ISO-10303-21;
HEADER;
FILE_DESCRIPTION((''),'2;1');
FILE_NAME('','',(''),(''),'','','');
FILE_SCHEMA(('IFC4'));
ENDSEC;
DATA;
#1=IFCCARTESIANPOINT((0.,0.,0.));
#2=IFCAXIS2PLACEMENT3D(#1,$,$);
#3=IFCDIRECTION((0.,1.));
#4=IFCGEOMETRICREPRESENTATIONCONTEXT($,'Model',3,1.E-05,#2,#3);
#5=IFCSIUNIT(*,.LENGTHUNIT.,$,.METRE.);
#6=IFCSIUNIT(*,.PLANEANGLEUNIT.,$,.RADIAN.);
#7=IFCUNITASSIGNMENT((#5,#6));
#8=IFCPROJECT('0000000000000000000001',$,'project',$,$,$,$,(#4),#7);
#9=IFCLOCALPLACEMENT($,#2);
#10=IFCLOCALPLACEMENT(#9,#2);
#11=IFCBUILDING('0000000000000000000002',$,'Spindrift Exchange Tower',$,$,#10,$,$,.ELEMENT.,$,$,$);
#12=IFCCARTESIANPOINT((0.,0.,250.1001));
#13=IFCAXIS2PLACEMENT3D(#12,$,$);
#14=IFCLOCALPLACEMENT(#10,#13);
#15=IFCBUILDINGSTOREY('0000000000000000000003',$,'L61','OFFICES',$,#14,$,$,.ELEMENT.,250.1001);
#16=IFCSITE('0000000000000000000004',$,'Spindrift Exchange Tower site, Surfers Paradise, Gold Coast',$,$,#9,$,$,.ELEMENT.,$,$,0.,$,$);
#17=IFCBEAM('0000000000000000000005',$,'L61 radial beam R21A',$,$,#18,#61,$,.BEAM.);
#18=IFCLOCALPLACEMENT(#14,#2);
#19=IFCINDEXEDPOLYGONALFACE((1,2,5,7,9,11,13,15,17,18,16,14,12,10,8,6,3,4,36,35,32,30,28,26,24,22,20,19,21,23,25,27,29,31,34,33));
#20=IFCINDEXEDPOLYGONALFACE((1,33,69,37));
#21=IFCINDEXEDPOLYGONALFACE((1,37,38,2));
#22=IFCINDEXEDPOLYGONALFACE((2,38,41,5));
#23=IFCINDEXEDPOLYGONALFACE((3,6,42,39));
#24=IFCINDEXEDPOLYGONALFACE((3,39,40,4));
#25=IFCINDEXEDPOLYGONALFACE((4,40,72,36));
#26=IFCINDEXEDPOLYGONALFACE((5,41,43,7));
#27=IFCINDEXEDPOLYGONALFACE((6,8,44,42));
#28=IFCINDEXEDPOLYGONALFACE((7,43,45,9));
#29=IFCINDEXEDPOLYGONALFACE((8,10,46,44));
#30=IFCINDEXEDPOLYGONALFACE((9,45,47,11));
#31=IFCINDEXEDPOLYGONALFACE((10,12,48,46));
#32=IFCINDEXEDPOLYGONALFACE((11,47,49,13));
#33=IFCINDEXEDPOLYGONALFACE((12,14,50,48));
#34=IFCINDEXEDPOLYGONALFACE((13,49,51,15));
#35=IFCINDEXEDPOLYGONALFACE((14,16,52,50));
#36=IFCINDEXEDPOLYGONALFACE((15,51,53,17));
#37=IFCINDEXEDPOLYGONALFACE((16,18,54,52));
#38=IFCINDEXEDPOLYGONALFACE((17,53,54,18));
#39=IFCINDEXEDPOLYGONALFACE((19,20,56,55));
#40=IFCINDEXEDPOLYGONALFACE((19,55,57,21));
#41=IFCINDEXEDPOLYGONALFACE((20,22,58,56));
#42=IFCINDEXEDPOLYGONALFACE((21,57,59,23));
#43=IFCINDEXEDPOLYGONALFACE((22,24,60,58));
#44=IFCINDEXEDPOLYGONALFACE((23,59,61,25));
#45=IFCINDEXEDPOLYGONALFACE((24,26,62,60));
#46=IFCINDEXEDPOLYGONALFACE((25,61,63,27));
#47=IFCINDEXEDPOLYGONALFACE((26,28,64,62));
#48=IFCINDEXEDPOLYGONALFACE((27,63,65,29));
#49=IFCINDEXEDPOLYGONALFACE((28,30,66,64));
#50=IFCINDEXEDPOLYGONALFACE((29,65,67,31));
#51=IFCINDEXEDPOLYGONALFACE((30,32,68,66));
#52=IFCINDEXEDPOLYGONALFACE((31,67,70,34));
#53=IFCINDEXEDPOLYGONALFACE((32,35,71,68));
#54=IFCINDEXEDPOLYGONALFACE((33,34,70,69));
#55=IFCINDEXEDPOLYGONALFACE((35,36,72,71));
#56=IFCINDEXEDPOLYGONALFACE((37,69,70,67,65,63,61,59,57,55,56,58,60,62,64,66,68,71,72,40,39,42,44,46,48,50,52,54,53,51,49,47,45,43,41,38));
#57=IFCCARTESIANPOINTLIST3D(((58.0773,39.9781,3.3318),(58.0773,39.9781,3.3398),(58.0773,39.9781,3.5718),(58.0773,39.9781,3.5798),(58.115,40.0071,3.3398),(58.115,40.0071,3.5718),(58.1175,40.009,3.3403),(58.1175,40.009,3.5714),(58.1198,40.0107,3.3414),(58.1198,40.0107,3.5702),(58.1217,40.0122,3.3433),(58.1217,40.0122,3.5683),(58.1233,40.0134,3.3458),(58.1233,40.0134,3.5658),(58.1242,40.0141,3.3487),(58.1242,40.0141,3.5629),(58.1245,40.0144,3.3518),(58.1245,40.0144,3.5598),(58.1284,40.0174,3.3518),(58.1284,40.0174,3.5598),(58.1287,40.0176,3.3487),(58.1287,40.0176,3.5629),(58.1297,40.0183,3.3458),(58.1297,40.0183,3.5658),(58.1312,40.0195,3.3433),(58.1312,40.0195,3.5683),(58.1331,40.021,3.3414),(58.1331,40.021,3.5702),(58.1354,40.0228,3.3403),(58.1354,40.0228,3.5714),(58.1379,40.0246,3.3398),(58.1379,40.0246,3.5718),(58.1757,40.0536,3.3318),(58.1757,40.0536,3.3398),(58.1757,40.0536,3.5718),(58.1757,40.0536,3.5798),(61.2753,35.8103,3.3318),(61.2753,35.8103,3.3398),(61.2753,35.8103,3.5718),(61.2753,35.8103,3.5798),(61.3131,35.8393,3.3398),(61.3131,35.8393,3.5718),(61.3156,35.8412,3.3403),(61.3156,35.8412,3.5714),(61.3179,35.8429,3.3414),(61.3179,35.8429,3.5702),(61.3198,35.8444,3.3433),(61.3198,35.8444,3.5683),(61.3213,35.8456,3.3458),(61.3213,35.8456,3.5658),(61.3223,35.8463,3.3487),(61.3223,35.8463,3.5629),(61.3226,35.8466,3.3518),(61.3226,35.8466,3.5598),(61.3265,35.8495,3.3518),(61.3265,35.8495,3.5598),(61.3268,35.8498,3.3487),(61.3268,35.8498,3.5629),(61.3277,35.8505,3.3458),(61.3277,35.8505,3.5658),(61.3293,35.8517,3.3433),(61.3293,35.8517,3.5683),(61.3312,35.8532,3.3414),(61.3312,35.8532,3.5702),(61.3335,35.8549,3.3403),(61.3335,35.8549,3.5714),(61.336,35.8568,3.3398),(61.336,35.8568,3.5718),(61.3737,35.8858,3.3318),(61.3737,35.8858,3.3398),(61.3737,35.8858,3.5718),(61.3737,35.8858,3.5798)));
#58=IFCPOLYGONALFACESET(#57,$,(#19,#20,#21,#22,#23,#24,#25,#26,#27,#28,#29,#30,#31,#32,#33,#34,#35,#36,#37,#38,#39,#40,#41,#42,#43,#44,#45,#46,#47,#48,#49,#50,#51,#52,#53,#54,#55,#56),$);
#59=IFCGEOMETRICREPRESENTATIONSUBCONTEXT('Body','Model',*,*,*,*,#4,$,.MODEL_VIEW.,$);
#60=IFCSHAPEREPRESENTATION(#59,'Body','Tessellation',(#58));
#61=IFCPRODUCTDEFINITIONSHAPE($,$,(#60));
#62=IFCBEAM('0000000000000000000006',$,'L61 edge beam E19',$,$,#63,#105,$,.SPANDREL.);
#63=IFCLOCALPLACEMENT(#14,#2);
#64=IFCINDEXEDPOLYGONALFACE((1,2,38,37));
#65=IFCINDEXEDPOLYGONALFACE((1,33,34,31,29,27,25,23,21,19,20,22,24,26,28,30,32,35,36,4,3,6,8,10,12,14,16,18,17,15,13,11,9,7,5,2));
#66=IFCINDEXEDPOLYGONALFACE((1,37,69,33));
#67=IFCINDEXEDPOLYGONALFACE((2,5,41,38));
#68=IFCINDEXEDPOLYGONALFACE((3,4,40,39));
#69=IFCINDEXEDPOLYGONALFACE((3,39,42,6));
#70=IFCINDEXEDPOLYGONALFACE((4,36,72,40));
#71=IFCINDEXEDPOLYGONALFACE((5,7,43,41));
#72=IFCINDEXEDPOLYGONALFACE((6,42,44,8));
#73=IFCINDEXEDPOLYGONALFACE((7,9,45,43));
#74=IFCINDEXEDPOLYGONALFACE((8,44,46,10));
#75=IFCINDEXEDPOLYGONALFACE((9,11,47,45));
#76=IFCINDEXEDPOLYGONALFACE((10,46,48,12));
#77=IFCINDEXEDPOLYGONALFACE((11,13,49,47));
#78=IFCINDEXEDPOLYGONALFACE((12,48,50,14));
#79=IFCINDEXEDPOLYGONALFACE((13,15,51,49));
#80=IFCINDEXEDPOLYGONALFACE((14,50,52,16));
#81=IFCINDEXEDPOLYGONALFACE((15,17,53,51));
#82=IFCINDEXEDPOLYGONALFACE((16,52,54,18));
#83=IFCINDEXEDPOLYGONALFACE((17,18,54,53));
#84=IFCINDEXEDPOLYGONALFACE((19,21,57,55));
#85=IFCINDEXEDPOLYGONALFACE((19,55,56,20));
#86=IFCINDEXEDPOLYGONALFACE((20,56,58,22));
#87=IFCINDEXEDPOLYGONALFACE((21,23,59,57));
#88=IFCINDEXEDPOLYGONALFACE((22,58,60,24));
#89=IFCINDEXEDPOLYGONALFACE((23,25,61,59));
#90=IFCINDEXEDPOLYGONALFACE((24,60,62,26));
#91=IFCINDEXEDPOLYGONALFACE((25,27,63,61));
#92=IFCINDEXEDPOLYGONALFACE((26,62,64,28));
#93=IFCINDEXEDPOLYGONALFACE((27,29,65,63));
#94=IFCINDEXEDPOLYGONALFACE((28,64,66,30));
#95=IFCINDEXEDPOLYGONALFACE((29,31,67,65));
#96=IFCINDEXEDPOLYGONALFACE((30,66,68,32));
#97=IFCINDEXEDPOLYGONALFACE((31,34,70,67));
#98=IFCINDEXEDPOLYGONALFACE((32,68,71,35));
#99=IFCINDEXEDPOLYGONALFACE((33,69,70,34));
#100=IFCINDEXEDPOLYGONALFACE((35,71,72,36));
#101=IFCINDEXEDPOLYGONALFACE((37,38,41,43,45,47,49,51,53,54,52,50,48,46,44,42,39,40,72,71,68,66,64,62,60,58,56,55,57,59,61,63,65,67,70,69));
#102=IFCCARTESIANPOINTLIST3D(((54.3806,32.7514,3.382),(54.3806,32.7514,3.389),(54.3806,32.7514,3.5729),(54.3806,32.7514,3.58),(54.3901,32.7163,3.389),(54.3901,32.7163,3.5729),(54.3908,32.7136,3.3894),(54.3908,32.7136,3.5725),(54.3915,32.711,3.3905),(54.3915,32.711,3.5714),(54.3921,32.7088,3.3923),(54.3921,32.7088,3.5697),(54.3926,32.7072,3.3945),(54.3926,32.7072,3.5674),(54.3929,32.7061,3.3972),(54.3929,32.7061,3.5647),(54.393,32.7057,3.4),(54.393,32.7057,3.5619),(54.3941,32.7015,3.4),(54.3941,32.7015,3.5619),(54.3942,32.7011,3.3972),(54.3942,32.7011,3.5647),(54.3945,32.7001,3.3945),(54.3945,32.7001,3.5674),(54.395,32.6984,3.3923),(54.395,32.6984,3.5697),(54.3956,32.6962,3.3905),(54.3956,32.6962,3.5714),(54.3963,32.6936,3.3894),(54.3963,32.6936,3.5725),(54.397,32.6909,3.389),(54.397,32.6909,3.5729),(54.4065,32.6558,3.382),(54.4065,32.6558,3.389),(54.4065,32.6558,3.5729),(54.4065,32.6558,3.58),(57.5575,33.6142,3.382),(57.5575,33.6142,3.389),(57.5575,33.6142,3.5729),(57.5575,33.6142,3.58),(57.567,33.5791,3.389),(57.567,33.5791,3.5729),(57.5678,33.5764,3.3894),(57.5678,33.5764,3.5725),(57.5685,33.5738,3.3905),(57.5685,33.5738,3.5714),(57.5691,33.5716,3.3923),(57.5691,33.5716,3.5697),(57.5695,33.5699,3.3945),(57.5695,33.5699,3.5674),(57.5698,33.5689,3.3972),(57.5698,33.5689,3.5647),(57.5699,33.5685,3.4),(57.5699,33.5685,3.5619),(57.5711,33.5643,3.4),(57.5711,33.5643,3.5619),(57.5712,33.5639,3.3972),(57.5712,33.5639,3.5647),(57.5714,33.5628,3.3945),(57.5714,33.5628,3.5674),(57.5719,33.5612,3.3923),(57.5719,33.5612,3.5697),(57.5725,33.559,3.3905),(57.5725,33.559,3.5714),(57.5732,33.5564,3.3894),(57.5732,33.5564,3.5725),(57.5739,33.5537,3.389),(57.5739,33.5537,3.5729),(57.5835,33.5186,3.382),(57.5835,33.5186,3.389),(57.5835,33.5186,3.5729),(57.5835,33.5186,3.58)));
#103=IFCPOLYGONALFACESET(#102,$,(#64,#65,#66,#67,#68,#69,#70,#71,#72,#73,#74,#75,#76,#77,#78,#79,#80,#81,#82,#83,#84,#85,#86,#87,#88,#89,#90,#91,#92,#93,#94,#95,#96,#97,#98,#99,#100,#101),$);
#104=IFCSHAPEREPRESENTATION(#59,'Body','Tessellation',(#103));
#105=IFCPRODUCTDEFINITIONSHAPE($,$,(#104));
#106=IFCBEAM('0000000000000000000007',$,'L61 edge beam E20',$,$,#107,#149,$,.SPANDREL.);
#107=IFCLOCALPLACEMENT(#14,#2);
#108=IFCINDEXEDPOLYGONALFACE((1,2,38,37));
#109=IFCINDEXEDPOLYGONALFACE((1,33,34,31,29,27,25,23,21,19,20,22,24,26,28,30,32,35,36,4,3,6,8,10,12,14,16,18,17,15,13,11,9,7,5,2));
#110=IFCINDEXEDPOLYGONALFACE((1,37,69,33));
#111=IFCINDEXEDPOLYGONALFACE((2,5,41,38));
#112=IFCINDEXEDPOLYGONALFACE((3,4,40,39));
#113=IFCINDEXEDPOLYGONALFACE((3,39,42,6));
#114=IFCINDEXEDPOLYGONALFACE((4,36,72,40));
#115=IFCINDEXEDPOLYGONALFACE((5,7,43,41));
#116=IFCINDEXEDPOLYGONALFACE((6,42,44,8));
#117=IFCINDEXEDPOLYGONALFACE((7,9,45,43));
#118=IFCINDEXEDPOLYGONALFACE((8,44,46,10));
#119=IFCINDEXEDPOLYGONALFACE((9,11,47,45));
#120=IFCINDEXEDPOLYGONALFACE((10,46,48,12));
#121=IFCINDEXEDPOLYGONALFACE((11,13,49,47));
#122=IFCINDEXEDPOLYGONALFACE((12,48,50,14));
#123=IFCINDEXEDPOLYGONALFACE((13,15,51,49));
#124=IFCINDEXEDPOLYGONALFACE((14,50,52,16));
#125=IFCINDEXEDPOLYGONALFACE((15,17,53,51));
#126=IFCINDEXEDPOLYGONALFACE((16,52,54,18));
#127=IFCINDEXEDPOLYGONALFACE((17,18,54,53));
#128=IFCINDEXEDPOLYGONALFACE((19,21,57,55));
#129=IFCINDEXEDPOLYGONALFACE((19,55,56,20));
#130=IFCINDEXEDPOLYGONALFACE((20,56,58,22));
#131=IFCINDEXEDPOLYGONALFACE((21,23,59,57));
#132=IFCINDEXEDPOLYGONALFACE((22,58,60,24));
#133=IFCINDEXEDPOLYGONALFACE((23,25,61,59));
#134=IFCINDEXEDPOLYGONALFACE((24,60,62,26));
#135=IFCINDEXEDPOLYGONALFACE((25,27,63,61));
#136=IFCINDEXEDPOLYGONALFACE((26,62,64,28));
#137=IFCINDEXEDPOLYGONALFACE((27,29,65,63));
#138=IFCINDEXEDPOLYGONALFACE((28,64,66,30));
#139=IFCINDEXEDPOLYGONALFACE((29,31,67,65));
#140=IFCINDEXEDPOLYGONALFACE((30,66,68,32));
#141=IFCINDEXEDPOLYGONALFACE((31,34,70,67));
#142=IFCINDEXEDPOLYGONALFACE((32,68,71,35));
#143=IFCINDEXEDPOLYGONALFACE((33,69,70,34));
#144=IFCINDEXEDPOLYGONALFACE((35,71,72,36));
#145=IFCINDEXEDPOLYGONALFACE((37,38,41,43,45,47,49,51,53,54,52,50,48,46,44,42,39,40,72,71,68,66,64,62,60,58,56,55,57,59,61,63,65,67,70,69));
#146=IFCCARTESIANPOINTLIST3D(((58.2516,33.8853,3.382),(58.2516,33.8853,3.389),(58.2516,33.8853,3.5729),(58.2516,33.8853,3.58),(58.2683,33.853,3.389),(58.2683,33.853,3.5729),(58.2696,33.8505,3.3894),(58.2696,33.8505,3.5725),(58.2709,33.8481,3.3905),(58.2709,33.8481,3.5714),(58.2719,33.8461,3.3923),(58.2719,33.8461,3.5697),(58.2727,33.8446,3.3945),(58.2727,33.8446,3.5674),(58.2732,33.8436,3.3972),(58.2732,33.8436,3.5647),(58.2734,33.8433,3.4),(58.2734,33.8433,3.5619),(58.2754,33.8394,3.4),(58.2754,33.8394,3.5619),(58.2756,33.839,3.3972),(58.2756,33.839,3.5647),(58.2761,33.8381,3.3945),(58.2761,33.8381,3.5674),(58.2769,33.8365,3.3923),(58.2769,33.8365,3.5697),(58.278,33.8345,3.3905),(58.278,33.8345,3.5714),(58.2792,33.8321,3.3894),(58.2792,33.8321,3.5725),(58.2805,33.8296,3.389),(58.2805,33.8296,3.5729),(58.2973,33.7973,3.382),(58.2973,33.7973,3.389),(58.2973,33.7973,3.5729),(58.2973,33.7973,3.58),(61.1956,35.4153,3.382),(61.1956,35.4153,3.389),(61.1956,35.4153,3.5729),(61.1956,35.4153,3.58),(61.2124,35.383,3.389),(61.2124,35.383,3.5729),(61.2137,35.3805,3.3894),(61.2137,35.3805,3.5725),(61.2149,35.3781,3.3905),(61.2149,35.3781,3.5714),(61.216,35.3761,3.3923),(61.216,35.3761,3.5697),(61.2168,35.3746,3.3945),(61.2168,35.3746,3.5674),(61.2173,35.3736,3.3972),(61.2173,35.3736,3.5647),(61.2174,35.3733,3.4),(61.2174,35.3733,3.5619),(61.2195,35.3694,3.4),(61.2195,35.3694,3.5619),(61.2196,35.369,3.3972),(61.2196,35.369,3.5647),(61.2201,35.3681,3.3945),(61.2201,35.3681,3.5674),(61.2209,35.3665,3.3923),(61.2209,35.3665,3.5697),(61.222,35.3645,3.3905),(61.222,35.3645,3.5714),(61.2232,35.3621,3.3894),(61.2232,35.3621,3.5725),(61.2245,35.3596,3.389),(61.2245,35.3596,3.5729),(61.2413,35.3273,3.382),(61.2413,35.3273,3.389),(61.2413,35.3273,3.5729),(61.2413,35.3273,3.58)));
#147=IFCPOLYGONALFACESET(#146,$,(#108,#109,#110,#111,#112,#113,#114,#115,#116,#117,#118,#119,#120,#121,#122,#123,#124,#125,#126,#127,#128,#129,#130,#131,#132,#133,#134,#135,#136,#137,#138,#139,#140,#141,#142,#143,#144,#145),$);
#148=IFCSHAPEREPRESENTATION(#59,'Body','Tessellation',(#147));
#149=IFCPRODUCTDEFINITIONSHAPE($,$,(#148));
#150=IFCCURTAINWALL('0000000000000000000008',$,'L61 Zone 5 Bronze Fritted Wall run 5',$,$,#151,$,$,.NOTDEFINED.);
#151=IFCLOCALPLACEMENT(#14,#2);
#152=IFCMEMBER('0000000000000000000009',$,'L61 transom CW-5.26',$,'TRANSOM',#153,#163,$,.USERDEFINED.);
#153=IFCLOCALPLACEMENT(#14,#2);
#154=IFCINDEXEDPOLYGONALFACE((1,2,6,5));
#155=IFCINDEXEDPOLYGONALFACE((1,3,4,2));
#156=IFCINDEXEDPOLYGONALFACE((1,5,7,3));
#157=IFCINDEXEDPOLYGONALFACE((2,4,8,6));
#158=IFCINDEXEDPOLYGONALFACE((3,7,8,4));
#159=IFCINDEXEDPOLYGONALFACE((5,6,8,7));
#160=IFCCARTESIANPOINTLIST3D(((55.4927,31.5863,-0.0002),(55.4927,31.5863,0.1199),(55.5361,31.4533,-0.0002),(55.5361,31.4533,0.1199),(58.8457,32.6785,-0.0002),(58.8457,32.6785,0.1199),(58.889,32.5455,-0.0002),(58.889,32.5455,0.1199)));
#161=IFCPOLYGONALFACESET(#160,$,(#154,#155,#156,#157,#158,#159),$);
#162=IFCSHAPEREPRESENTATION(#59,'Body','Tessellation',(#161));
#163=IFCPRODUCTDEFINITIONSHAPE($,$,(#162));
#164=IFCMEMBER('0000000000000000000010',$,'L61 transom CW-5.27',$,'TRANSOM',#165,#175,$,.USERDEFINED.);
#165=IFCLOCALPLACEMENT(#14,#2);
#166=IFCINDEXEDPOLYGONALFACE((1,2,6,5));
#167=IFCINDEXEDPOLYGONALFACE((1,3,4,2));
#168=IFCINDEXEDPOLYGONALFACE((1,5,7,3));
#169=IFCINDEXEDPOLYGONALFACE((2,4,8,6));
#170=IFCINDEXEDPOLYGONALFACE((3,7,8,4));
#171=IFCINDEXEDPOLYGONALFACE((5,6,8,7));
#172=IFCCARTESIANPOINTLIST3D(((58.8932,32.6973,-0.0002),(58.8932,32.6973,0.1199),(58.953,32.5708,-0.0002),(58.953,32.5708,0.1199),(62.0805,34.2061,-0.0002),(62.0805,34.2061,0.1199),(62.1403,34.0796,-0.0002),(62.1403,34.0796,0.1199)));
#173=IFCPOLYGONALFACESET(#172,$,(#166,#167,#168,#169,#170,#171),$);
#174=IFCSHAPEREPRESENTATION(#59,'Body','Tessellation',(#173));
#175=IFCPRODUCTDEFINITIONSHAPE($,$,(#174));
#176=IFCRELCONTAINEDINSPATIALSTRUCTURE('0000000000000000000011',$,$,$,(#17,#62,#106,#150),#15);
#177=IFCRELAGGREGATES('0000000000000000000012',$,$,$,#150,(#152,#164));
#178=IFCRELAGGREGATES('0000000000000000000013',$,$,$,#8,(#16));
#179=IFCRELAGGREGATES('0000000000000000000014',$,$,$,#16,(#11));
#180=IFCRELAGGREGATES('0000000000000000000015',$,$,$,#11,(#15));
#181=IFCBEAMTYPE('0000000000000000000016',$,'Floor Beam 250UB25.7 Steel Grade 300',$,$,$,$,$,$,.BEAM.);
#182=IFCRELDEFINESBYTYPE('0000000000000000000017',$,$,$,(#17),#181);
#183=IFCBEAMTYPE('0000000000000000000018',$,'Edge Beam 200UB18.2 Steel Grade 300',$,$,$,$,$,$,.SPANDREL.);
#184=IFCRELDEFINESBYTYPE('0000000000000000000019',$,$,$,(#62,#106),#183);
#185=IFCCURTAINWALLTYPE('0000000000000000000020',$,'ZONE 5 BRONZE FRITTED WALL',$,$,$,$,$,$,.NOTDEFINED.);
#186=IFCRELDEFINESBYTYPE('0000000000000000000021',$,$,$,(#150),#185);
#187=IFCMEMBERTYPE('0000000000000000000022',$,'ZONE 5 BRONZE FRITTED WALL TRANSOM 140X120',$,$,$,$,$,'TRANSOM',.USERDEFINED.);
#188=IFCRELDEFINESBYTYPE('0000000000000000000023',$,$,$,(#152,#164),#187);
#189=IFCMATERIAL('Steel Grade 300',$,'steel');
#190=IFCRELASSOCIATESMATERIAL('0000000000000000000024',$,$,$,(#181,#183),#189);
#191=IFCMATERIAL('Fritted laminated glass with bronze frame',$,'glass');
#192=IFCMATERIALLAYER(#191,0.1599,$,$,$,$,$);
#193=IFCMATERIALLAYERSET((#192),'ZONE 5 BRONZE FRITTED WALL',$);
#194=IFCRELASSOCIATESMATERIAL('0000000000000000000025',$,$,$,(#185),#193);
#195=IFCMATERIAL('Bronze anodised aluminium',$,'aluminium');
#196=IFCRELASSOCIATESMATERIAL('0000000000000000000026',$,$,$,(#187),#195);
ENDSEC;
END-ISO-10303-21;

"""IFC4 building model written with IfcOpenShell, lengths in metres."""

from ifc_helpers import new_model, si_unit, direction, frame, origin, origin_2d, place, context, subcontext, project, spatial, rectangle, i_section, extrude, source, transform, mapped, material, layer, layer_set, material_profile, profile_set, type_object, element, aggregate, save


model = new_model("IFC4")

# Units and contexts
model_context = context("Model", 3, precision=1e-05, world=origin(), true_north=direction((0.0, 1.0)))
body_context = subcontext(model_context, "Body", "Model", "MODEL_VIEW")
ifc_project = project(units=[si_unit("LENGTHUNIT", "METRE"), si_unit("PLANEANGLEUNIT", "RADIAN")], contexts=[model_context])

# Site, building, storey
site_placement = place(None, origin())
site = spatial("IfcSite", under=ifc_project, at=site_placement, Name="Spindrift Exchange Tower site, Surfers Paradise, Gold Coast", CompositionType="ELEMENT", RefElevation=0.0)
building_placement = place(site_placement, origin())
building = spatial("IfcBuilding", under=site, at=building_placement, Name="Spindrift Exchange Tower", CompositionType="ELEMENT")
storey_placement = place(building_placement, frame((0.0, 0.0, 250.1001)))
storey = spatial("IfcBuildingStorey", under=building, at=storey_placement, Name="L61", Description="OFFICES", CompositionType="ELEMENT", Elevation=250.1001)

# Beams
ifc_material_1 = material(Name="Steel Grade 300", Category="steel")
ifc_material_profile_1 = material_profile(ifc_material_1, i_section(OverallWidth=0.124, OverallDepth=0.248, WebThickness=0.0049, FlangeThickness=0.0081, FilletRadius=0.012, at=origin_2d()), Name="250UB25.7")
ifc_profile_set_1 = profile_set([ifc_material_profile_1], Name="Steel Grade 300")
beam_type_1 = type_object("IfcBeamType", Name="Floor Beam 250UB25.7 Steel Grade 300", PredefinedType="BEAM", material=ifc_profile_set_1)
shared_shape_1 = source(origin(), body_context, "Body", "SweptSolid", [
    extrude(i_section(OverallWidth=0.124, OverallDepth=0.248, WebThickness=0.0049, FlangeThickness=0.0081, FilletRadius=0.012, at=origin_2d()), origin(), (0.0, 0.0, 1.0), 5.2534),
])
beam_1_placement = place(storey_placement, frame((58.1265, 40.0159, 3.4558), z_axis=(0.60876, -0.793354, 0.0), x_axis=(0.793354, 0.60876, 0.0)))
element("IfcBeam", 1, at=beam_1_placement, inside=storey, type_object=beam_type_1, Name="L61 radial beam R21A", PredefinedType="BEAM", context=body_context, shape_type="MappedRepresentation", body=[
    mapped(shared_shape_1, transform((0.0, 0.0, 0.0), scale=1.0)),
])
ifc_material_profile_2 = material_profile(ifc_material_1, i_section(OverallWidth=0.0991, OverallDepth=0.198, WebThickness=0.0044, FlangeThickness=0.0071, FilletRadius=0.011, at=origin_2d()), Name="200UB18.2")
ifc_profile_set_2 = profile_set([ifc_material_profile_2], Name="Steel Grade 300")
beam_type_2 = type_object("IfcBeamType", Name="Edge Beam 200UB18.2 Steel Grade 300", PredefinedType="SPANDREL", material=ifc_profile_set_2)
shared_shape_2 = source(origin(), body_context, "Body", "SweptSolid", [
    extrude(i_section(OverallWidth=0.0991, OverallDepth=0.198, WebThickness=0.0044, FlangeThickness=0.0071, FilletRadius=0.011, at=origin_2d()), origin(), (0.0, 0.0, 1.0), 3.292),
])
beam_2_placement = place(storey_placement, frame((54.3936, 32.7036, 3.481), z_axis=(0.965046, 0.262082, 0.0), x_axis=(-0.262082, 0.965046, 0.0)))
element("IfcBeam", 2, at=beam_2_placement, inside=storey, type_object=beam_type_2, Name="L61 edge beam E19", PredefinedType="SPANDREL", context=body_context, shape_type="MappedRepresentation", body=[
    mapped(shared_shape_2, transform((0.0, 0.0, 0.0), scale=1.0)),
])
shared_shape_3 = source(origin(), body_context, "Body", "SweptSolid", [
    extrude(i_section(OverallWidth=0.0991, OverallDepth=0.198, WebThickness=0.0044, FlangeThickness=0.0071, FilletRadius=0.011, at=origin_2d()), origin(), (0.0, 0.0, 1.0), 3.3179),
])
beam_3_placement = place(storey_placement, frame((58.2744, 33.8413, 3.481), z_axis=(0.887328, 0.46114, 0.0), x_axis=(-0.46114, 0.887328, 0.0)))
element("IfcBeam", 3, at=beam_3_placement, inside=storey, type_object=beam_type_2, Name="L61 edge beam E20", PredefinedType="SPANDREL", context=body_context, shape_type="MappedRepresentation", body=[
    mapped(shared_shape_3, transform((0.0, 0.0, 0.0), scale=1.0)),
])

# Curtain wall, members
ifc_material_2 = material(Name="Fritted laminated glass with bronze frame", Category="glass")
ifc_layer_1 = layer(ifc_material_2, 0.1599)
ifc_layer_set_1 = layer_set([ifc_layer_1], Name="ZONE 5 BRONZE FRITTED WALL")
curtain_wall_type = type_object("IfcCurtainWallType", Name="ZONE 5 BRONZE FRITTED WALL", PredefinedType="NOTDEFINED", material=ifc_layer_set_1)
curtain_wall_placement = place(storey_placement, origin())
curtain_wall = element("IfcCurtainWall", 4, at=curtain_wall_placement, inside=storey, type_object=curtain_wall_type, Name="L61 Zone 5 Bronze Fritted Wall run 5", PredefinedType="NOTDEFINED")
ifc_material_3 = material(Name="Bronze anodised aluminium", Category="aluminium")
ifc_material_profile_3 = material_profile(ifc_material_3, rectangle(XDim=0.1399, YDim=0.1201, at=origin_2d()), Name="ZONE 5 BRONZE FRITTED WALL TRANSOM 140X120")
ifc_profile_set_3 = profile_set([ifc_material_profile_3], Name="Bronze anodised aluminium")
member_type_1 = type_object("IfcMemberType", Name="ZONE 5 BRONZE FRITTED WALL TRANSOM 140X120", ElementType="TRANSOM", PredefinedType="USERDEFINED", material=ifc_profile_set_3)
shared_shape_4 = source(origin(), body_context, "Body", "SweptSolid", [
    extrude(rectangle(XDim=0.1399, YDim=0.1201, at=origin_2d()), origin(), (0.0, 0.0, 1.0), 3.5264),
])
member_1_placement = place(storey_placement, frame((55.5144, 31.5198, 0.0598), z_axis=(0.950821, 0.30974, 0.0), x_axis=(-0.30974, 0.950821, 0.0)))
member_1 = element("IfcMember", 5, at=member_1_placement, type_object=member_type_1, Name="L61 transom CW-5.26", ObjectType="TRANSOM", PredefinedType="USERDEFINED", context=body_context, shape_type="MappedRepresentation", body=[
    mapped(shared_shape_4, transform((0.0, 0.0, 0.0), scale=1.0)),
])
member_2_placement = place(storey_placement, frame((58.9231, 32.634, 0.0598), z_axis=(0.903844, 0.427863, 0.0), x_axis=(-0.427863, 0.903844, 0.0)))
member_2 = element("IfcMember", 6, at=member_2_placement, type_object=member_type_1, Name="L61 transom CW-5.27", ObjectType="TRANSOM", PredefinedType="USERDEFINED", context=body_context, shape_type="MappedRepresentation", body=[
    mapped(shared_shape_4, transform((0.0, 0.0, 0.0), scale=1.0)),
])
aggregate(curtain_wall, [member_1, member_2])

save(model, "model.ifc")
